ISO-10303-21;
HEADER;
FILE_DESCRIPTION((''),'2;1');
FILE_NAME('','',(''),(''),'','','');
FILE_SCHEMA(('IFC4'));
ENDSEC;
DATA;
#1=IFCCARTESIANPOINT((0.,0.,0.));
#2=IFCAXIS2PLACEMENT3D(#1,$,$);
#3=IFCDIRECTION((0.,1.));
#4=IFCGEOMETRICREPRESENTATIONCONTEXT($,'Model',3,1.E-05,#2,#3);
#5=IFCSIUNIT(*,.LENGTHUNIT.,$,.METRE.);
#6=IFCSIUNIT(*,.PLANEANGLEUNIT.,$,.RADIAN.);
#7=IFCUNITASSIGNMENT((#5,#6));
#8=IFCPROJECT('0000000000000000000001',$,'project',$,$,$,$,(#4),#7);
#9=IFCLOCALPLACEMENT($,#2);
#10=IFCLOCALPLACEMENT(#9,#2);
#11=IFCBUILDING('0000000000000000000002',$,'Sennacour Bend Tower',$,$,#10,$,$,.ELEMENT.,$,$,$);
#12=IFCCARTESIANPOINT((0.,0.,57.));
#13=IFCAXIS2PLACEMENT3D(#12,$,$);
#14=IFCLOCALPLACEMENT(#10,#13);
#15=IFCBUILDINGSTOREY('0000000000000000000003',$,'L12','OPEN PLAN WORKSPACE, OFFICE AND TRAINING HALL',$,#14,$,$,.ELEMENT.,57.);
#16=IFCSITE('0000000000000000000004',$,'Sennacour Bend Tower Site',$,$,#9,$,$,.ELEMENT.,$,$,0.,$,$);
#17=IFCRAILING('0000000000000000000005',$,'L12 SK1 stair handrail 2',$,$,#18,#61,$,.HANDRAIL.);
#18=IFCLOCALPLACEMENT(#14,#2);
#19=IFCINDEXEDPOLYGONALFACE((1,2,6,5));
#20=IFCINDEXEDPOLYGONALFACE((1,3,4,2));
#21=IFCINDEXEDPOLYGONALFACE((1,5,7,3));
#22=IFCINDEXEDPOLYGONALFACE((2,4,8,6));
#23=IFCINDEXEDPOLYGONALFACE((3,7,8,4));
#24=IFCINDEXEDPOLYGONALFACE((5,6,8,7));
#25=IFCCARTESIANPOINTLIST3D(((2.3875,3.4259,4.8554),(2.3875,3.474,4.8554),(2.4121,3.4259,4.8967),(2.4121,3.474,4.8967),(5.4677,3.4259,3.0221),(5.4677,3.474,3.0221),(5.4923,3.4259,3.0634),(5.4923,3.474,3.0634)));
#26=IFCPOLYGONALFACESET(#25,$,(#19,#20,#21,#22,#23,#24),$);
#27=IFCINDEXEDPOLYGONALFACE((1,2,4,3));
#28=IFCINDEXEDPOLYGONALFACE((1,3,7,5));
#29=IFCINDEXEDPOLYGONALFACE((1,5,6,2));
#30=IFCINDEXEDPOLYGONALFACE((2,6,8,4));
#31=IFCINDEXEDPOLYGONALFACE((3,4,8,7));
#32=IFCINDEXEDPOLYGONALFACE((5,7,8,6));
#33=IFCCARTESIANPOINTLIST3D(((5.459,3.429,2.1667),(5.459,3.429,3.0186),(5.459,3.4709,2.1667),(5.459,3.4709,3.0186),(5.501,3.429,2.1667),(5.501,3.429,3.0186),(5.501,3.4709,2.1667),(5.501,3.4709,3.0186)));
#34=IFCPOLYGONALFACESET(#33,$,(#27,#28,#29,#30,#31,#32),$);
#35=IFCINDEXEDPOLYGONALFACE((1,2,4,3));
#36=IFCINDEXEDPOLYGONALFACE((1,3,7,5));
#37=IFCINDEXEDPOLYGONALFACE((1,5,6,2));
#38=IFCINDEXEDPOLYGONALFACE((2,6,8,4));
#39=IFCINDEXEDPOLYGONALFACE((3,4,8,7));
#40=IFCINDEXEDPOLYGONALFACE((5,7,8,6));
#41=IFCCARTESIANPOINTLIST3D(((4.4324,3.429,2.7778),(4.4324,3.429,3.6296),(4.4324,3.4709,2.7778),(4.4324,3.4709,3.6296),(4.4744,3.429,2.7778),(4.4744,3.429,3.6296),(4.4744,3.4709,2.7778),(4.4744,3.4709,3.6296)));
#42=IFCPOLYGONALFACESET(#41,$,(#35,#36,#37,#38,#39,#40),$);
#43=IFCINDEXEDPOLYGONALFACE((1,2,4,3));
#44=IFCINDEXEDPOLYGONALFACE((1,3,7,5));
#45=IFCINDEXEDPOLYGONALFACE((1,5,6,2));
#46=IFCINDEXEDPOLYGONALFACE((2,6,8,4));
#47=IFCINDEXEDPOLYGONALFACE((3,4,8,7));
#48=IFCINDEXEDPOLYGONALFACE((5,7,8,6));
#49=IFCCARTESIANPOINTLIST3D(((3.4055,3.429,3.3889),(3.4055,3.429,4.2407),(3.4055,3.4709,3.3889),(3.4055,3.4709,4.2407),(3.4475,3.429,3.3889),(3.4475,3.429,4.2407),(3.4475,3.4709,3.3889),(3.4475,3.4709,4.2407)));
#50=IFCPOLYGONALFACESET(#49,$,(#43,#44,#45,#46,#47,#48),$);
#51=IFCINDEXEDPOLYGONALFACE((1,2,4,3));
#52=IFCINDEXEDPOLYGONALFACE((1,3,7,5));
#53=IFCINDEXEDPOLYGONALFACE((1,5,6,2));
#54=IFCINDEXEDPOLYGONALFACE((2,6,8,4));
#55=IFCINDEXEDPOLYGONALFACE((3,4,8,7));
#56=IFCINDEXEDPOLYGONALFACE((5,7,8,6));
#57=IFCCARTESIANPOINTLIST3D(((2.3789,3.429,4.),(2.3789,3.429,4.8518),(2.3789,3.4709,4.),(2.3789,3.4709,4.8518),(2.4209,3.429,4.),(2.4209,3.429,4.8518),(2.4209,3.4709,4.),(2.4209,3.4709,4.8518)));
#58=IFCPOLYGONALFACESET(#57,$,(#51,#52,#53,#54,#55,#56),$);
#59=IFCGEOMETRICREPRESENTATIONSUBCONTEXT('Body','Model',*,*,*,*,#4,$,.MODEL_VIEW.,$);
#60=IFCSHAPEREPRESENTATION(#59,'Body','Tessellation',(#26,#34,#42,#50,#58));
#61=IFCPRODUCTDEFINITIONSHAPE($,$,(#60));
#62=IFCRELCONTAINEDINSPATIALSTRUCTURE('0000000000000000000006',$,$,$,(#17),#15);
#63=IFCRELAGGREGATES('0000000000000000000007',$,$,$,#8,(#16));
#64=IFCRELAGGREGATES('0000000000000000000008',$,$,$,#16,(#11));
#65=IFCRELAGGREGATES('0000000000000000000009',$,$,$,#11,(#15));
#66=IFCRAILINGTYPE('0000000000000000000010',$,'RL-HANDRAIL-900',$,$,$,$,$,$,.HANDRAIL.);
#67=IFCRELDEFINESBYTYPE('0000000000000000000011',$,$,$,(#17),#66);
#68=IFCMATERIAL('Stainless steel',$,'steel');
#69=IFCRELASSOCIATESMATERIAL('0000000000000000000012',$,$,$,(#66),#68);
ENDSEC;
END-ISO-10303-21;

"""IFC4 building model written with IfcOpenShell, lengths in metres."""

from ifc_helpers import new_model, si_unit, direction, frame, origin, origin_2d, place, context, subcontext, project, spatial, rectangle, extrude, material, type_object, element, save


model = new_model("IFC4")

# Units and contexts
model_context = context("Model", 3, precision=1e-05, world=origin(), true_north=direction((0.0, 1.0)))
body_context = subcontext(model_context, "Body", "Model", "MODEL_VIEW")
ifc_project = project(units=[si_unit("LENGTHUNIT", "METRE"), si_unit("PLANEANGLEUNIT", "RADIAN")], contexts=[model_context])

# Site, building, storey
site_placement = place(None, origin())
site = spatial("IfcSite", under=ifc_project, at=site_placement, Name="Sennacour Bend Tower Site", CompositionType="ELEMENT", RefElevation=0.0)
building_placement = place(site_placement, origin())
building = spatial("IfcBuilding", under=site, at=building_placement, Name="Sennacour Bend Tower", CompositionType="ELEMENT")
storey_placement = place(building_placement, frame((0.0, 0.0, 57.0)))
storey = spatial("IfcBuildingStorey", under=building, at=storey_placement, Name="L12", Description="OPEN PLAN WORKSPACE, OFFICE AND TRAINING HALL", CompositionType="ELEMENT", Elevation=57.0)

# Railing
ifc_material_1 = material(Name="Stainless steel", Category="steel")
railing_type_1 = type_object("IfcRailingType", Name="RL-HANDRAIL-900", PredefinedType="HANDRAIL", material=ifc_material_1)
railing_1_placement = place(storey_placement, frame((5.48, 3.45, 2.1667)))
element("IfcRailing", 1, at=railing_1_placement, inside=storey, type_object=railing_type_1, Name="L12 SK1 stair handrail 2", PredefinedType="HANDRAIL", context=body_context, shape_type="SweptSolid", body=[
    extrude(rectangle(XDim=0.0481, YDim=0.0481, at=origin_2d()), frame((0.0, 0.0, 0.876), z_axis=(-0.859309, 0.0, 0.511458), x_axis=(0.0, -1.0, 0.0)), (0.0, 0.0, 1.0), 3.5845),
    extrude(rectangle(XDim=0.042, YDim=0.042, at=origin_2d()), origin(), (0.0, 0.0, 1.0), 0.8518),
    extrude(rectangle(XDim=0.042, YDim=0.042, at=origin_2d()), frame((-1.0266, 0.0, 0.6111)), (0.0, 0.0, 1.0), 0.8518),
    extrude(rectangle(XDim=0.042, YDim=0.042, at=origin_2d()), frame((-2.0535, 0.0, 1.2222)), (0.0, 0.0, 1.0), 0.8518),
    extrude(rectangle(XDim=0.042, YDim=0.042, at=origin_2d()), frame((-3.0801, 0.0, 1.8333)), (0.0, 0.0, 1.0), 0.8518),
])

save(model, "model.ifc")
